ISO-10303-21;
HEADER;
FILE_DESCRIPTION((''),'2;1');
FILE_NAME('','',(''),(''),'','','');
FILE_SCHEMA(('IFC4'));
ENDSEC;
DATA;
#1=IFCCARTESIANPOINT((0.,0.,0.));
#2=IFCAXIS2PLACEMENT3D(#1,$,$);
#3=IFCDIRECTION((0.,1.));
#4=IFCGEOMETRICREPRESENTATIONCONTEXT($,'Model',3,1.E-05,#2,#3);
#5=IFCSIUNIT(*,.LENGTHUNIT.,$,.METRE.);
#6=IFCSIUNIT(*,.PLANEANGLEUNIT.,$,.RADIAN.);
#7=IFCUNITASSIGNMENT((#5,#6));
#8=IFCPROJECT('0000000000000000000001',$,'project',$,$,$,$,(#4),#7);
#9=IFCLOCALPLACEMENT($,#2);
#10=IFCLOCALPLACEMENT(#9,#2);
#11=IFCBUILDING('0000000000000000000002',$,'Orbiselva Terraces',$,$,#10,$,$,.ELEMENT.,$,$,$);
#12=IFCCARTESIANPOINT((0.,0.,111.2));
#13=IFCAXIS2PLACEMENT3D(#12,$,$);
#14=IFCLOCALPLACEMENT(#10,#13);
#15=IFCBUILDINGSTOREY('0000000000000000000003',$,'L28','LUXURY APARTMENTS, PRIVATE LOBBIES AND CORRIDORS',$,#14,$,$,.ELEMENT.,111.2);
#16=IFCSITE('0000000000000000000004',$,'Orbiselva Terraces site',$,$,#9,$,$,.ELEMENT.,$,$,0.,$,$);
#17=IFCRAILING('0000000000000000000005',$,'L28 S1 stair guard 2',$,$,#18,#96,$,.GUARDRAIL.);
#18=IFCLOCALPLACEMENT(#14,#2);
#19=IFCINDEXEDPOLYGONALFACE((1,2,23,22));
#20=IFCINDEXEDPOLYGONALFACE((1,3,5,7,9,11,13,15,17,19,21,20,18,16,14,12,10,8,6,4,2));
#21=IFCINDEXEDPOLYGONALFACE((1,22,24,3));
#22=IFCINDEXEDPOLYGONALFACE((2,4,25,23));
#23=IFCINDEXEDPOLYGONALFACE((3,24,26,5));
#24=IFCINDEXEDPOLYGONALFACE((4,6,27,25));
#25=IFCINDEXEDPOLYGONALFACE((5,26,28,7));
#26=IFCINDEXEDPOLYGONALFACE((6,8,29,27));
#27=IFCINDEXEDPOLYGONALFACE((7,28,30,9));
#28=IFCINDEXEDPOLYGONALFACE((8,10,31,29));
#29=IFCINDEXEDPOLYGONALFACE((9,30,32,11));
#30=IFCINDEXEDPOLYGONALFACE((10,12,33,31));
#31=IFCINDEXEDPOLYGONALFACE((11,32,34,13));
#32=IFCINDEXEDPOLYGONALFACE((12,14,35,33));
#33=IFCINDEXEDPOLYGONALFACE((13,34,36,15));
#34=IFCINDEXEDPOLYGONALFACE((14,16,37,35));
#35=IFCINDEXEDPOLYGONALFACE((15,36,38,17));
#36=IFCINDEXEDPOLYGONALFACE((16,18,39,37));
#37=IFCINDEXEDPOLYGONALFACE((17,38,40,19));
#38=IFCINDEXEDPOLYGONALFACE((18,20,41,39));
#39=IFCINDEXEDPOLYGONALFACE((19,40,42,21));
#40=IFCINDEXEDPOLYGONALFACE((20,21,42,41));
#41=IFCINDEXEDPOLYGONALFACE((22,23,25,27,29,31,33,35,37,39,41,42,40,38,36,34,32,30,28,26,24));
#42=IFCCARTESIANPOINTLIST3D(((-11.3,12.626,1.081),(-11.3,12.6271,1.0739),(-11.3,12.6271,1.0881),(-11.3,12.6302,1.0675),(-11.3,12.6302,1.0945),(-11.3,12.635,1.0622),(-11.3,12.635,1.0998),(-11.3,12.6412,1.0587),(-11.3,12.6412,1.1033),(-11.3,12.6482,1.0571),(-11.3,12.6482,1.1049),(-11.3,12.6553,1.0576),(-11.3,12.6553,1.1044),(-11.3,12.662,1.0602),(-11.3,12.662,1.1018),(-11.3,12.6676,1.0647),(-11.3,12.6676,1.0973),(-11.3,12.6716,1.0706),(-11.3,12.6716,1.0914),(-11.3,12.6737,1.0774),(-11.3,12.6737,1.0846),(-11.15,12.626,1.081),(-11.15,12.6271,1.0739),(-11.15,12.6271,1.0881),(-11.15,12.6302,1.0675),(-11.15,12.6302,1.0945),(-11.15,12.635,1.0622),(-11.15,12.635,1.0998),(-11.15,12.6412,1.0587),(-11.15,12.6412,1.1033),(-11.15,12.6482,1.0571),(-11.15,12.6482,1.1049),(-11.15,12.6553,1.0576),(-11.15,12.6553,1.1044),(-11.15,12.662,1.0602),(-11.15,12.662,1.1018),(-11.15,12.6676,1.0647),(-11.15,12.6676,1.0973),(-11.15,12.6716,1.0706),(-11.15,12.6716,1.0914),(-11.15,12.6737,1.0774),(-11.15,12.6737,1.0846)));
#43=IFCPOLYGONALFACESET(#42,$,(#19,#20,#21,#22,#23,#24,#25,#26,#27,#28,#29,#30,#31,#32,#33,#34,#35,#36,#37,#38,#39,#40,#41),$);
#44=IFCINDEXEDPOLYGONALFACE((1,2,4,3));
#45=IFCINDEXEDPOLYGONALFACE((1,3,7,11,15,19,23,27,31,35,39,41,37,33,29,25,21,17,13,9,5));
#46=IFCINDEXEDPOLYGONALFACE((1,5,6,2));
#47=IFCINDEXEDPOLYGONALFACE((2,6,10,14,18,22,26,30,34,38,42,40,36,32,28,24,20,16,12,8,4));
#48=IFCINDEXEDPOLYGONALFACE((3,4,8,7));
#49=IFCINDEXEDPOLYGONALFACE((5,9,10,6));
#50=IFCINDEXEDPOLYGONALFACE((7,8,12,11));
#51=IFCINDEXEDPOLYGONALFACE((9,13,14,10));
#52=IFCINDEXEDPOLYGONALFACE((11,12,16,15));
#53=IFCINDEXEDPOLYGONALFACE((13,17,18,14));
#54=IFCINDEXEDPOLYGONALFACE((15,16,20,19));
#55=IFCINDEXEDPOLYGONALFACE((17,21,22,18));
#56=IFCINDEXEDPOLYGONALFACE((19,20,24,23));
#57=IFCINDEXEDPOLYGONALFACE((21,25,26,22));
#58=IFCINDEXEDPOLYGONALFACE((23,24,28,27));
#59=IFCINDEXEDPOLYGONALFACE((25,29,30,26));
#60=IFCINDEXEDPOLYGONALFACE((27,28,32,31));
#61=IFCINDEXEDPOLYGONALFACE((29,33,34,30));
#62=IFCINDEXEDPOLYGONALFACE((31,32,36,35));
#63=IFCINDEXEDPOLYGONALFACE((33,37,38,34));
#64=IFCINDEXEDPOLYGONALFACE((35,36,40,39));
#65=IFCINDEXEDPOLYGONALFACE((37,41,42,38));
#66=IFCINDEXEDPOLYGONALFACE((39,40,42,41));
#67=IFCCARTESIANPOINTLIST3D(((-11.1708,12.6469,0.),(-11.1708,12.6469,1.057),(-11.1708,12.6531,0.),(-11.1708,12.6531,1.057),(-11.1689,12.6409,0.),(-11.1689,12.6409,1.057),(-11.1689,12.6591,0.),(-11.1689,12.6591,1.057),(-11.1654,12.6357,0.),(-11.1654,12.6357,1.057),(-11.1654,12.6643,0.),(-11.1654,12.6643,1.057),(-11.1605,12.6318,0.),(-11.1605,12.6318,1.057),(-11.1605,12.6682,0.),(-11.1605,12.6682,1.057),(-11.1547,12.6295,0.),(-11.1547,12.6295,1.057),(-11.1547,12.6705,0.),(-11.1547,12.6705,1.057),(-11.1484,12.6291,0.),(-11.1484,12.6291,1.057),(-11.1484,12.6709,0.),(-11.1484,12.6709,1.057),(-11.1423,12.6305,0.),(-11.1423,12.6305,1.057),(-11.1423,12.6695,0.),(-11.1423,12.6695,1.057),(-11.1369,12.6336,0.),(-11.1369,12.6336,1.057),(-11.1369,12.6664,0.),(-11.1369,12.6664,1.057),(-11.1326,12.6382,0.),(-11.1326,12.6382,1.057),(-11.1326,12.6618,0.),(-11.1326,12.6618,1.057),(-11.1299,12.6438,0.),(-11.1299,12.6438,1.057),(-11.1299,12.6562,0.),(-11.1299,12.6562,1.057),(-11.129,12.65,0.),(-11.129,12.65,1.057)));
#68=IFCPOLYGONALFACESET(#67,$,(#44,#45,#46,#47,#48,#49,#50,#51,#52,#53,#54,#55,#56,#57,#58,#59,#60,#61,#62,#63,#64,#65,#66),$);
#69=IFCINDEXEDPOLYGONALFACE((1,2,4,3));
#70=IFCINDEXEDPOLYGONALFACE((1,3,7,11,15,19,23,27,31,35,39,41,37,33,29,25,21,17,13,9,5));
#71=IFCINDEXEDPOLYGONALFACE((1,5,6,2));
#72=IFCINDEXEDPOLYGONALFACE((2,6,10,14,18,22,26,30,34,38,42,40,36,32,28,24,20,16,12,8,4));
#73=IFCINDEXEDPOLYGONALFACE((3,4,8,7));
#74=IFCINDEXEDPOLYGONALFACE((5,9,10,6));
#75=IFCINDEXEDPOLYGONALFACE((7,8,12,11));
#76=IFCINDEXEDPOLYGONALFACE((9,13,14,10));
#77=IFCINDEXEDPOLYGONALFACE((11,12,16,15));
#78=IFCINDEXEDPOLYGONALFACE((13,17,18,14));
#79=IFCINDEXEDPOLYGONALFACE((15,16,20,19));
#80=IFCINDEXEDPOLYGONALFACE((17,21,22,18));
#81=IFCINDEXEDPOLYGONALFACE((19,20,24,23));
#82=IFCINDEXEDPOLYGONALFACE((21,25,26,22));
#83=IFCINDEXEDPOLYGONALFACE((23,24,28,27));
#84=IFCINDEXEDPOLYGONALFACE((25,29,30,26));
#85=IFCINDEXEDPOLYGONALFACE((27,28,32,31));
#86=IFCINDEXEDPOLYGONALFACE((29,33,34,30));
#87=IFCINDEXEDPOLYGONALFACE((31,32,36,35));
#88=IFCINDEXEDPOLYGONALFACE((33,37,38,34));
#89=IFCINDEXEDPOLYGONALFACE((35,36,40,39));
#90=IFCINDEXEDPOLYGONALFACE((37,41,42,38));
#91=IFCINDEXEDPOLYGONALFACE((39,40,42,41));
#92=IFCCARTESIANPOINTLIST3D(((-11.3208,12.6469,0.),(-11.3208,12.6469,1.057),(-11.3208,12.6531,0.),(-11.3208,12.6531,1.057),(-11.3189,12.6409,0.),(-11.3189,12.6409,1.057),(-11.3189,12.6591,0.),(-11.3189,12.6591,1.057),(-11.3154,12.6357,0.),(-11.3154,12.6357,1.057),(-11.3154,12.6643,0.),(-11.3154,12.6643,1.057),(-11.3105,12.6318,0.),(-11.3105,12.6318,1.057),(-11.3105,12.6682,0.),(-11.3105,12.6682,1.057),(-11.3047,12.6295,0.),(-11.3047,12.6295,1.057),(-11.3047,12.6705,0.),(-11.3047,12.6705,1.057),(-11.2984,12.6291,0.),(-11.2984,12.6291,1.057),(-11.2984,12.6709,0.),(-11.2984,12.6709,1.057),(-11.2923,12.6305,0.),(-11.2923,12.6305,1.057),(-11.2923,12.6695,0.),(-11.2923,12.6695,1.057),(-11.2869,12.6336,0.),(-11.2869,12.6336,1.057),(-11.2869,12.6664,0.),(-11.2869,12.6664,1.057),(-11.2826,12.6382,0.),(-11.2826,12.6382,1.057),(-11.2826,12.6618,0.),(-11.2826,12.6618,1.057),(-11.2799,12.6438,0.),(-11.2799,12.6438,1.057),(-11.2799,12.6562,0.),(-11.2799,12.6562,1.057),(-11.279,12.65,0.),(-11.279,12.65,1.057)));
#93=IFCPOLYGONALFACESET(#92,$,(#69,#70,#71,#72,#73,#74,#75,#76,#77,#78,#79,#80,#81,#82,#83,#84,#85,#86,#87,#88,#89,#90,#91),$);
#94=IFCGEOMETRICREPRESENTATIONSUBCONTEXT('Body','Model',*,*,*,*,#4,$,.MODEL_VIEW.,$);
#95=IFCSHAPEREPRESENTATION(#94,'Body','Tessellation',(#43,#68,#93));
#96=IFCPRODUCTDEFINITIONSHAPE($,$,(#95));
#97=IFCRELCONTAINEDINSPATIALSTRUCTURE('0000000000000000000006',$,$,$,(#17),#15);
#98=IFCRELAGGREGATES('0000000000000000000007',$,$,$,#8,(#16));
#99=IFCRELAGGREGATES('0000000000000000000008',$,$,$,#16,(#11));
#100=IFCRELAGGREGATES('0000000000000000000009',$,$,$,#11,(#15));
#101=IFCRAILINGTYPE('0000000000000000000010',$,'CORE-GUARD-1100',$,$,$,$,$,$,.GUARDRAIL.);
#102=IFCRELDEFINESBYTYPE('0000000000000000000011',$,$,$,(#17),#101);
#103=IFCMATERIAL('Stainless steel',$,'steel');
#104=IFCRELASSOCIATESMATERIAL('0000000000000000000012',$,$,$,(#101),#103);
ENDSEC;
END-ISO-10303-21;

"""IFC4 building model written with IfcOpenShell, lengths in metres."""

from ifc_helpers import new_model, si_unit, direction, frame, origin, origin_2d, place, context, subcontext, project, spatial, circle, extrude, material, type_object, element, save


model = new_model("IFC4")

# Units and contexts
model_context = context("Model", 3, precision=1e-05, world=origin(), true_north=direction((0.0, 1.0)))
body_context = subcontext(model_context, "Body", "Model", "MODEL_VIEW")
ifc_project = project(units=[si_unit("LENGTHUNIT", "METRE"), si_unit("PLANEANGLEUNIT", "RADIAN")], contexts=[model_context])

# Site, building, storey
site_placement = place(None, origin())
site = spatial("IfcSite", under=ifc_project, at=site_placement, Name="Orbiselva Terraces site", CompositionType="ELEMENT", RefElevation=0.0)
building_placement = place(site_placement, origin())
building = spatial("IfcBuilding", under=site, at=building_placement, Name="Orbiselva Terraces", CompositionType="ELEMENT")
storey_placement = place(building_placement, frame((0.0, 0.0, 111.2)))
storey = spatial("IfcBuildingStorey", under=building, at=storey_placement, Name="L28", Description="LUXURY APARTMENTS, PRIVATE LOBBIES AND CORRIDORS", CompositionType="ELEMENT", Elevation=111.2)

# Railing
ifc_material_1 = material(Name="Stainless steel", Category="steel")
railing_type_1 = type_object("IfcRailingType", Name="CORE-GUARD-1100", PredefinedType="GUARDRAIL", material=ifc_material_1)
railing_1_placement = place(storey_placement, frame((-11.15, 12.65, 0.0)))
element("IfcRailing", 1, at=railing_1_placement, inside=storey, type_object=railing_type_1, Name="L28 S1 stair guard 2", PredefinedType="GUARDRAIL", context=body_context, shape_type="SweptSolid", body=[
    extrude(circle(Radius=0.024, at=origin_2d()), frame((0.0, 0.0, 1.081), z_axis=(-1.0, 0.0, 0.0), x_axis=(0.0, -1.0, 0.0)), (0.0, 0.0, 1.0), 0.15),
    extrude(circle(Radius=0.021, at=origin_2d()), origin(), (0.0, 0.0, 1.0), 1.057),
    extrude(circle(Radius=0.021, at=origin_2d()), frame((-0.15, 0.0, 0.0)), (0.0, 0.0, 1.0), 1.057),
])

save(model, "model.ifc")
